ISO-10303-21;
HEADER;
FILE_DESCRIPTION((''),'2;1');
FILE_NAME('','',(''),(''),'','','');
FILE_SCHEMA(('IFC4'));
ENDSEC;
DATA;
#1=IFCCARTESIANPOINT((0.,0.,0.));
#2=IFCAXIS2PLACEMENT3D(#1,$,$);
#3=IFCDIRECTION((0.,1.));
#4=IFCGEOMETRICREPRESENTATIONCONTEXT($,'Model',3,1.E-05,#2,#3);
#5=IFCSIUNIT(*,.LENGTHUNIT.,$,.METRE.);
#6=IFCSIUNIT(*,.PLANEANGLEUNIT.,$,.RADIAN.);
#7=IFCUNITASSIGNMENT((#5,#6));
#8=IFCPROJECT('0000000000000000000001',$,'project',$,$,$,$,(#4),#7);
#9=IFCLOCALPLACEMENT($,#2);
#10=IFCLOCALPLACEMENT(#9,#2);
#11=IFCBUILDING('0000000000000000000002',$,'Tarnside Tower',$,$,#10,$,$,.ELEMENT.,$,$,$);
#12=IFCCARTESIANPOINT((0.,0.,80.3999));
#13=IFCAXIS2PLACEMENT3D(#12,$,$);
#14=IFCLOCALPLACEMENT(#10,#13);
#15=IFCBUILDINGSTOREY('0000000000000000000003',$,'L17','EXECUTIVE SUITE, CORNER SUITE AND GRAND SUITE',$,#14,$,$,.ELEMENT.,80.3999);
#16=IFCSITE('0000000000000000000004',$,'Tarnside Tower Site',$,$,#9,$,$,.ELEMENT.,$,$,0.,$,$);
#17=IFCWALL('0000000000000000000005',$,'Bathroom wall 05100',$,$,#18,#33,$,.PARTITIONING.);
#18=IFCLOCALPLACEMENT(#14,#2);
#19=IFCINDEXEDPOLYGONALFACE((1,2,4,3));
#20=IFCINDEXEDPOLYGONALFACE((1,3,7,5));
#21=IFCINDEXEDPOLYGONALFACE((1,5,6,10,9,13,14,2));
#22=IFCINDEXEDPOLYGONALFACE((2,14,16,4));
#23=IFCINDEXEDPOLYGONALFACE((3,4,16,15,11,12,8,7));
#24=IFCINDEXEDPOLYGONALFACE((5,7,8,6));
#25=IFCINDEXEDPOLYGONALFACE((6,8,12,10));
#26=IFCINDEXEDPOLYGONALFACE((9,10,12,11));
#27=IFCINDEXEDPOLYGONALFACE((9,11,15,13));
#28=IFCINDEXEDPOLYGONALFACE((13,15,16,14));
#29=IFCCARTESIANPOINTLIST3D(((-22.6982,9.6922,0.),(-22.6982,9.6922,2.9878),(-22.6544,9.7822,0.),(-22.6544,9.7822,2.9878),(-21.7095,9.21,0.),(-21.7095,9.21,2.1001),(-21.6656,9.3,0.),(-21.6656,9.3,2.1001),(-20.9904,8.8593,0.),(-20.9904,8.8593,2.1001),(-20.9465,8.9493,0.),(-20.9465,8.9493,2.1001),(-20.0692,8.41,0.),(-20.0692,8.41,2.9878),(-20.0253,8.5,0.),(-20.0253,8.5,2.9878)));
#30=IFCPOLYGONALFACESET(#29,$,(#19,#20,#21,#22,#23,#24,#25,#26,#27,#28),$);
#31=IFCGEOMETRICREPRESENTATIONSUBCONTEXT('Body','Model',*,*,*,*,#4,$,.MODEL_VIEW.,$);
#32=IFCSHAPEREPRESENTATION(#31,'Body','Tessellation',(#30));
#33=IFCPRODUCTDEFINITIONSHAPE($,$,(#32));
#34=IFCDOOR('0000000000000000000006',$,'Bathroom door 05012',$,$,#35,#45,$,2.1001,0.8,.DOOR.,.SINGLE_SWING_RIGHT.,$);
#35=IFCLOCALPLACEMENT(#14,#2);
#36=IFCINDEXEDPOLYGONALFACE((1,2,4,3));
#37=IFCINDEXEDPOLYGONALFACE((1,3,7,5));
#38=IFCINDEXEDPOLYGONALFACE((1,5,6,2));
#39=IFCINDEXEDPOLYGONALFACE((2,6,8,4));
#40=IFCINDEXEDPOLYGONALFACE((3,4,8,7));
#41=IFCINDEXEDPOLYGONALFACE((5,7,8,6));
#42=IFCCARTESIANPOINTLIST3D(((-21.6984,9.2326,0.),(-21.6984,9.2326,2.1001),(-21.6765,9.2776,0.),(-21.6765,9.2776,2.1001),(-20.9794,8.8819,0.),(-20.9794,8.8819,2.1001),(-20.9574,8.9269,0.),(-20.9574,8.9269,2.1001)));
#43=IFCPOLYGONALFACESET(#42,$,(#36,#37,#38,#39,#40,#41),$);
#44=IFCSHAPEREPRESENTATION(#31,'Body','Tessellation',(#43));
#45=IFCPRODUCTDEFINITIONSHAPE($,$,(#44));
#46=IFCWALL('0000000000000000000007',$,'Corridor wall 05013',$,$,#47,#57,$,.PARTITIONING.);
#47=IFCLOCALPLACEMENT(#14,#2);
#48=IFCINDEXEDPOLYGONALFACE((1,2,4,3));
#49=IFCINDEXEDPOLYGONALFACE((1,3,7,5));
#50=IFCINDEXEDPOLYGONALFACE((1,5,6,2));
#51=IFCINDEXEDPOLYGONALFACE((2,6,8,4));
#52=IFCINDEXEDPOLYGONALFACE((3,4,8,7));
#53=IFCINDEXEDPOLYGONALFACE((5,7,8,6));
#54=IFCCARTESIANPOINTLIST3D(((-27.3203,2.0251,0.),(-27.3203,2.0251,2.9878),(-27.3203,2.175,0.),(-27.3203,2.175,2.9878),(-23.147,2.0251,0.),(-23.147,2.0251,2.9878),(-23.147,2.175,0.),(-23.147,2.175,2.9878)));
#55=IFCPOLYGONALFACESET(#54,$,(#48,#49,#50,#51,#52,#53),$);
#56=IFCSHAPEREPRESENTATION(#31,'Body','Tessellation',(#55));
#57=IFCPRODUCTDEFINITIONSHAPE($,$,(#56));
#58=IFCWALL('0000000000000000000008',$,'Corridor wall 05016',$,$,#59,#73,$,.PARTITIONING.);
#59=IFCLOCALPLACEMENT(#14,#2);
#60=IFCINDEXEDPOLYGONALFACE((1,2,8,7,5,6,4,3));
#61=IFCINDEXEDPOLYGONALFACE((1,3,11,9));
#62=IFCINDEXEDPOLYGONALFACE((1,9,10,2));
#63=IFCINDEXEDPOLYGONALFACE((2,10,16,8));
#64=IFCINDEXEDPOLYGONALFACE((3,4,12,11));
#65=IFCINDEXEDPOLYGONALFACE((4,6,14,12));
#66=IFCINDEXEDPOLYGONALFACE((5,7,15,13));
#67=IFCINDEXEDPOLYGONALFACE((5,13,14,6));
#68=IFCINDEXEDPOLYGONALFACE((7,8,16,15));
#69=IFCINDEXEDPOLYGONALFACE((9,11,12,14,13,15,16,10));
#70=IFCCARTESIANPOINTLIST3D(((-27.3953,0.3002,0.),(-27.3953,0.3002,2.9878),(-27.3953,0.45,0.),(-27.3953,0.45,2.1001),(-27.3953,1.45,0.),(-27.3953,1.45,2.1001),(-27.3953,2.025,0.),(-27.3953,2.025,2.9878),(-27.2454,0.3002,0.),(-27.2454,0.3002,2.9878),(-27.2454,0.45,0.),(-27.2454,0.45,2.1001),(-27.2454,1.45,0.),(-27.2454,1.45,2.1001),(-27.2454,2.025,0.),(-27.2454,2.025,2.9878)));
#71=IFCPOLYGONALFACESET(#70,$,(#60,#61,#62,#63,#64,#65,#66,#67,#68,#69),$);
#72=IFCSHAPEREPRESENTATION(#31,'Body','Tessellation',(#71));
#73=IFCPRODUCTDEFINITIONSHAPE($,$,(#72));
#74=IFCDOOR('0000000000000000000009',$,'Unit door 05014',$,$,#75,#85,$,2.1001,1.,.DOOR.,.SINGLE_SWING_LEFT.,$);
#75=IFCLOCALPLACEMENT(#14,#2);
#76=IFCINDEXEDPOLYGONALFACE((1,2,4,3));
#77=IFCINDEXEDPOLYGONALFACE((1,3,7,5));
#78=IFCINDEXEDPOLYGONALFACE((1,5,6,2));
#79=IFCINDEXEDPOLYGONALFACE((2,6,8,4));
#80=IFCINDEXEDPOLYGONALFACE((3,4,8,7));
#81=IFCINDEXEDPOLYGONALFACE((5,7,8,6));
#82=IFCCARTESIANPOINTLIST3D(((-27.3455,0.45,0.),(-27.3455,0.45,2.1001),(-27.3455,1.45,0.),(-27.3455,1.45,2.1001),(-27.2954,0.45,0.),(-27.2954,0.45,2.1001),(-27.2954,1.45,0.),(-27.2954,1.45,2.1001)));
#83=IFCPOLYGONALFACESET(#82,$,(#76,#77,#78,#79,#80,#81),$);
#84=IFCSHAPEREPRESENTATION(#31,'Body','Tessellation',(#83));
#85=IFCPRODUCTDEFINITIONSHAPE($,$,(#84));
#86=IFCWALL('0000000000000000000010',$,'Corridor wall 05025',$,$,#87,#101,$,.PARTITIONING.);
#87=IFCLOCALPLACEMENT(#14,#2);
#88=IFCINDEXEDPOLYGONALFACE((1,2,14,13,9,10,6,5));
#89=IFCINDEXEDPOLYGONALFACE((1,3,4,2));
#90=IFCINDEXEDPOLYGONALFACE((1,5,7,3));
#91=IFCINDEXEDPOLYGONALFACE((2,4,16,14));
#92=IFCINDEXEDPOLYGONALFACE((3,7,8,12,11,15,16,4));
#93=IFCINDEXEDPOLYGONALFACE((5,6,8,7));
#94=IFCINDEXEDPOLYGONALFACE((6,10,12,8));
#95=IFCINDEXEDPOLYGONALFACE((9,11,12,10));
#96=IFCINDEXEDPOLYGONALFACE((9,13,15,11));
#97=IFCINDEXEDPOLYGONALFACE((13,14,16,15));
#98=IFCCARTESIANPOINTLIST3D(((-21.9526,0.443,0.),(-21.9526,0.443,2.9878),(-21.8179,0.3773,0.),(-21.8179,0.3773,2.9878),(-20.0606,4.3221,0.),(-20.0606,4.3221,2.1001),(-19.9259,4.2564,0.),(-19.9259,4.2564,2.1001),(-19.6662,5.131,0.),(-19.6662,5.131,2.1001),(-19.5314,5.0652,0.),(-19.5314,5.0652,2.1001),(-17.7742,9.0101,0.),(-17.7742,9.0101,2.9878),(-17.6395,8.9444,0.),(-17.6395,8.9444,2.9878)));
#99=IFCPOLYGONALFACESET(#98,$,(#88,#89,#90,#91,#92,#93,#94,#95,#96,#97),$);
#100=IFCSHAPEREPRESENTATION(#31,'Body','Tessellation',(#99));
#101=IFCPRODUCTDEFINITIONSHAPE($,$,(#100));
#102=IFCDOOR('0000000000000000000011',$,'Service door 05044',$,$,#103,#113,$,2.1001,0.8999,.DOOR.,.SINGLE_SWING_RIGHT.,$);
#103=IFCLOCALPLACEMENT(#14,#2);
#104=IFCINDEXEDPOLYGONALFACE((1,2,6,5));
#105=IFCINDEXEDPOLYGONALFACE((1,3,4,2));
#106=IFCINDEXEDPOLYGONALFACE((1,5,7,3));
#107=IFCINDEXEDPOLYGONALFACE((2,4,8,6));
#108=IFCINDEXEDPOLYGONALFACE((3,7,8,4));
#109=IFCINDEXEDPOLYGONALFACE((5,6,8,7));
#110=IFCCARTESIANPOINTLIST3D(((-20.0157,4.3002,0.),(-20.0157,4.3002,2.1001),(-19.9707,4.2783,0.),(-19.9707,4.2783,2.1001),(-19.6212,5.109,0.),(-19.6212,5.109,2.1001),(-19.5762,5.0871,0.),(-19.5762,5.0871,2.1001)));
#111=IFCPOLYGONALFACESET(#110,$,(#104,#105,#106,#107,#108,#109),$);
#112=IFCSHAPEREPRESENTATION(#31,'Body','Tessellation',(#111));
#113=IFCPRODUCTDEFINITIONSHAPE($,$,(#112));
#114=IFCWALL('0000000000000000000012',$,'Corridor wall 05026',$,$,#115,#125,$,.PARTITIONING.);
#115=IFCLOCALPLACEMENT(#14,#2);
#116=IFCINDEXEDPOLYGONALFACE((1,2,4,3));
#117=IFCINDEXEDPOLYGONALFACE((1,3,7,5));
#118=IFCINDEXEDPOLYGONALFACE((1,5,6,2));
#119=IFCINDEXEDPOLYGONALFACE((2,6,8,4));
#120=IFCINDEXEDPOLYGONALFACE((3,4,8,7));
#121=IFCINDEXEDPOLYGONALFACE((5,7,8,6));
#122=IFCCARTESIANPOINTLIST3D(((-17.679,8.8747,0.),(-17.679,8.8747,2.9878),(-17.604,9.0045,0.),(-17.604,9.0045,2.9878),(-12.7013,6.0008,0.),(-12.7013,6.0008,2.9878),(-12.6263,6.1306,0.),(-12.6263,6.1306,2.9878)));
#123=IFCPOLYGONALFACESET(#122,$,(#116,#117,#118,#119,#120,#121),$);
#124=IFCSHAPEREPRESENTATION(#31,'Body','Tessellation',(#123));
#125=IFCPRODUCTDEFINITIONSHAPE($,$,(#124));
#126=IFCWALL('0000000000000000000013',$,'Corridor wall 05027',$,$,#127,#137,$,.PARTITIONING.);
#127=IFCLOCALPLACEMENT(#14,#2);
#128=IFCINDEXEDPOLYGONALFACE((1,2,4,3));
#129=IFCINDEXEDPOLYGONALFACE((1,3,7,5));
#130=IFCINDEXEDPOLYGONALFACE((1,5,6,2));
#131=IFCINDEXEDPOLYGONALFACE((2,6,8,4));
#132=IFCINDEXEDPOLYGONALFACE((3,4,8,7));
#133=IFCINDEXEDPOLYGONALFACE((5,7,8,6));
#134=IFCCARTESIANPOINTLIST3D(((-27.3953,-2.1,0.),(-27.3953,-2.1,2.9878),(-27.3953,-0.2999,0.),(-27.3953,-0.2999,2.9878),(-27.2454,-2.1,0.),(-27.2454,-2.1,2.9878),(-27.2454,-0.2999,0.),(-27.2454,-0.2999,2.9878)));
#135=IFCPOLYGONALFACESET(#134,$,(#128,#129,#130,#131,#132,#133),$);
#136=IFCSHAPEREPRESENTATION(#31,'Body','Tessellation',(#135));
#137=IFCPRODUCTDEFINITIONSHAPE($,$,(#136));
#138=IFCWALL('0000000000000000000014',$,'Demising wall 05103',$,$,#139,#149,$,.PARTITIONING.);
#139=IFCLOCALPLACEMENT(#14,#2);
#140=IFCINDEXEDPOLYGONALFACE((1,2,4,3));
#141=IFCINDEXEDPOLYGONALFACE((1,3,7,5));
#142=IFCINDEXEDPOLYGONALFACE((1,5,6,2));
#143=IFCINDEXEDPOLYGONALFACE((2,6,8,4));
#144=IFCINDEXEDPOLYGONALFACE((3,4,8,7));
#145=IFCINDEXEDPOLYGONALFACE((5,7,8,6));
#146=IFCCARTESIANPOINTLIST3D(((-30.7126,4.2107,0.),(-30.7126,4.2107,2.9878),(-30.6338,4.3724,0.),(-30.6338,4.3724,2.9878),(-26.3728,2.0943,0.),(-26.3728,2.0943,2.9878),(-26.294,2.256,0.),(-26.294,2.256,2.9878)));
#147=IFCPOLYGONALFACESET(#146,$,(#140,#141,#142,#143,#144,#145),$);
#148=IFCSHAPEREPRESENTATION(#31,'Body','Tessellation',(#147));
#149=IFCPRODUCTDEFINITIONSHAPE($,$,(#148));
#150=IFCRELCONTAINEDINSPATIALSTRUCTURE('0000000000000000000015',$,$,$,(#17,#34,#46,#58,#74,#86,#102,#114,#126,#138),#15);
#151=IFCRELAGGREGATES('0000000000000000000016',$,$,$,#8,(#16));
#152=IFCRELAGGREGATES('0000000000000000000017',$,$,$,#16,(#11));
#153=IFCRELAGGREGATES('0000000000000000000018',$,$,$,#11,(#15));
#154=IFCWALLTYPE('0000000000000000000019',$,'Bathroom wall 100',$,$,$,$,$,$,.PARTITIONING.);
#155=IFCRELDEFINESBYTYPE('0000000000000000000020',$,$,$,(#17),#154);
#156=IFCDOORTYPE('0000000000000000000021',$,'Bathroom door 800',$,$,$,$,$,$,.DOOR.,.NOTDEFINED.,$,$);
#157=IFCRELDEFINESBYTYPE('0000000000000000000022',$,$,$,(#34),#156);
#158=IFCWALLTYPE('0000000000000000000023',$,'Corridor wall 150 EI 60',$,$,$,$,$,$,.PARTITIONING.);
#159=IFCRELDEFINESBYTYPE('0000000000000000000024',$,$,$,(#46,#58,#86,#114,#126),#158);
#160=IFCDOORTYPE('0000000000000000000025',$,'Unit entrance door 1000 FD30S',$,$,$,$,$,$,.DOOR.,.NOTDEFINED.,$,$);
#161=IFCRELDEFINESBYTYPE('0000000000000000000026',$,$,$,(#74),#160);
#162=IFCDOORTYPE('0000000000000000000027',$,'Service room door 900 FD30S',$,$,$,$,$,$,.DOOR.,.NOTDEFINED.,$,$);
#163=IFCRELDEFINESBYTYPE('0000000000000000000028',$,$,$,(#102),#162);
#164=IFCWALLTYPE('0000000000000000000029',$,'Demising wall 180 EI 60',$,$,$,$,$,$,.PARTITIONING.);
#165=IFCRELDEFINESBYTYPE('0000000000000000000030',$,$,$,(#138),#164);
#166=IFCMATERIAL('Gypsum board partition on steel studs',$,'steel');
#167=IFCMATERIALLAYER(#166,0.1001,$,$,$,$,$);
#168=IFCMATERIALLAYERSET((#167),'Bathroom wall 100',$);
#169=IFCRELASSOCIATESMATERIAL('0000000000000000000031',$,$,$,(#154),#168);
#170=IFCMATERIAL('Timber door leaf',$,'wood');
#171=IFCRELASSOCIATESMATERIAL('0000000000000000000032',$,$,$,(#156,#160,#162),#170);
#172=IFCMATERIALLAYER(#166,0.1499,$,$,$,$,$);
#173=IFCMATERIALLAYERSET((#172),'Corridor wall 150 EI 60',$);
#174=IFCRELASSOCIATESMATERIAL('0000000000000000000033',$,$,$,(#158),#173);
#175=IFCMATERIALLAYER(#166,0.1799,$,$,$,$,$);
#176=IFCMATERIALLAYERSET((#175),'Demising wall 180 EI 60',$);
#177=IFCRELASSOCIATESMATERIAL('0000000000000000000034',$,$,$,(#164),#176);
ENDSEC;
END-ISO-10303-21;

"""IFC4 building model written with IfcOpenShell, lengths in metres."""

from ifc_helpers import new_model, si_unit, direction, frame, frame_2d, origin, place, context, subcontext, project, spatial, rectangle, extrude, material, layer, layer_set, type_object, element, fill, save


model = new_model("IFC4")

# Units and contexts
model_context = context("Model", 3, precision=1e-05, world=origin(), true_north=direction((0.0, 1.0)))
body_context = subcontext(model_context, "Body", "Model", "MODEL_VIEW")
ifc_project = project(units=[si_unit("LENGTHUNIT", "METRE"), si_unit("PLANEANGLEUNIT", "RADIAN")], contexts=[model_context])

# Site, building, storey
site_placement = place(None, origin())
site = spatial("IfcSite", under=ifc_project, at=site_placement, Name="Tarnside Tower Site", CompositionType="ELEMENT", RefElevation=0.0)
building_placement = place(site_placement, origin())
building = spatial("IfcBuilding", under=site, at=building_placement, Name="Tarnside Tower", CompositionType="ELEMENT")
storey_placement = place(building_placement, frame((0.0, 0.0, 80.3999)))
storey = spatial("IfcBuildingStorey", under=building, at=storey_placement, Name="L17", Description="EXECUTIVE SUITE, CORNER SUITE AND GRAND SUITE", CompositionType="ELEMENT", Elevation=80.3999)

# Wall, opening, door
ifc_material_1 = material(Name="Gypsum board partition on steel studs", Category="steel")
ifc_layer_1 = layer(ifc_material_1, 0.1001)
ifc_layer_set_1 = layer_set([ifc_layer_1], Name="Bathroom wall 100")
wall_type_1 = type_object("IfcWallType", Name="Bathroom wall 100", PredefinedType="PARTITIONING", material=ifc_layer_set_1)
wall_1_placement = place(storey_placement, frame((-20.0474, 8.4551, 0.0), z_axis=(0.0, 0.0, 1.0), x_axis=(-0.898807, 0.438345, 0.0)))
wall_1 = element("IfcWall", 1, at=wall_1_placement, inside=storey, type_object=wall_type_1, Name="Bathroom wall 05100", PredefinedType="PARTITIONING", context=body_context, shape_type="SweptSolid", body=[
    extrude(rectangle(XDim=2.925, YDim=0.1001, at=frame_2d((1.4624, 0.0))), origin(), (0.0, 0.0, 1.0), 2.9878),
])
opening_1_placement = place(wall_1_placement, frame((1.0249, 0.0, 0.0)))
opening_1 = element("IfcOpeningElement", 2, at=opening_1_placement, cuts=wall_1, PredefinedType="OPENING", context=body_context, shape_type="SweptSolid", body=[
    extrude(rectangle(XDim=0.8, YDim=2.1001, at=frame_2d((0.3999, 1.05))), frame((0.0, 0.0601, 0.0), z_axis=(0.0, -1.0, 0.0), x_axis=(1.0, 0.0, 0.0)), (0.0, 0.0, 1.0), 0.1201),
])
ifc_material_2 = material(Name="Timber door leaf", Category="wood")
door_type_1 = type_object("IfcDoorType", Name="Bathroom door 800", OperationType="NOTDEFINED", PredefinedType="DOOR", material=ifc_material_2)
door_1_placement = place(opening_1_placement, origin())
door_1 = element("IfcDoor", 3, at=door_1_placement, inside=storey, type_object=door_type_1, Name="Bathroom door 05012", OperationType="SINGLE_SWING_RIGHT", OverallHeight=2.1001, OverallWidth=0.8, PredefinedType="DOOR", context=body_context, shape_type="SweptSolid", body=[
    extrude(rectangle(XDim=0.8, YDim=2.1001, at=frame_2d((0.3999, 1.05))), frame((0.0, 0.0249, 0.0), z_axis=(0.0, -1.0, 0.0), x_axis=(1.0, 0.0, 0.0)), (0.0, 0.0, 1.0), 0.05),
])
fill(opening_1, door_1)

# Wall
ifc_layer_2 = layer(ifc_material_1, 0.1499)
ifc_layer_set_2 = layer_set([ifc_layer_2], Name="Corridor wall 150 EI 60")
wall_type_2 = type_object("IfcWallType", Name="Corridor wall 150 EI 60", PredefinedType="PARTITIONING", material=ifc_layer_set_2)
wall_2_placement = place(storey_placement, frame((-23.147, 2.1001, 0.0), z_axis=(0.0, 0.0, 1.0), x_axis=(-1.0, 0.0, 0.0)))
element("IfcWall", 4, at=wall_2_placement, inside=storey, type_object=wall_type_2, Name="Corridor wall 05013", PredefinedType="PARTITIONING", context=body_context, shape_type="SweptSolid", body=[
    extrude(rectangle(XDim=4.1733, YDim=0.1499, at=frame_2d((2.0867, 0.0))), origin(), (0.0, 0.0, 1.0), 2.9878),
])

# Walls, openings, doors
wall_3_placement = place(storey_placement, frame((-27.3203, 2.0249, 0.0), z_axis=(0.0, 0.0, 1.0), x_axis=(0.0, -1.0, 0.0)))
wall_3 = element("IfcWall", 5, at=wall_3_placement, inside=storey, type_object=wall_type_2, Name="Corridor wall 05016", PredefinedType="PARTITIONING", context=body_context, shape_type="SweptSolid", body=[
    extrude(rectangle(XDim=1.7249, YDim=0.1499, at=frame_2d((0.8623, 0.0))), origin(), (0.0, 0.0, 1.0), 2.9878),
])
opening_2_placement = place(wall_3_placement, frame((0.575, 0.0, 0.0)))
opening_2 = element("IfcOpeningElement", 6, at=opening_2_placement, cuts=wall_3, PredefinedType="OPENING", context=body_context, shape_type="SweptSolid", body=[
    extrude(rectangle(XDim=1.0, YDim=2.1001, at=frame_2d((0.5, 1.05))), frame((0.0, 0.085, 0.0), z_axis=(0.0, -1.0, 0.0), x_axis=(1.0, 0.0, 0.0)), (0.0, 0.0, 1.0), 0.1699),
])
door_type_2 = type_object("IfcDoorType", Name="Unit entrance door 1000 FD30S", OperationType="NOTDEFINED", PredefinedType="DOOR", material=ifc_material_2)
door_2_placement = place(opening_2_placement, origin())
door_2 = element("IfcDoor", 7, at=door_2_placement, inside=storey, type_object=door_type_2, Name="Unit door 05014", OperationType="SINGLE_SWING_LEFT", OverallHeight=2.1001, OverallWidth=1.0, PredefinedType="DOOR", context=body_context, shape_type="SweptSolid", body=[
    extrude(rectangle(XDim=1.0, YDim=2.1001, at=frame_2d((0.5, 1.05))), frame((0.0, 0.0249, 0.0), z_axis=(0.0, -1.0, 0.0), x_axis=(1.0, 0.0, 0.0)), (0.0, 0.0, 1.0), 0.05),
])
fill(opening_2, door_2)
wall_4_placement = place(storey_placement, frame((-21.8853, 0.4102, 0.0), z_axis=(0.0, 0.0, 1.0), x_axis=(0.438371, 0.898794, 0.0)))
wall_4 = element("IfcWall", 8, at=wall_4_placement, inside=storey, type_object=wall_type_2, Name="Corridor wall 05025", PredefinedType="PARTITIONING", context=body_context, shape_type="SweptSolid", body=[
    extrude(rectangle(XDim=9.5317, YDim=0.1499, at=frame_2d((4.7659, 0.0))), origin(), (0.0, 0.0, 1.0), 2.9878),
])
opening_3_placement = place(wall_4_placement, frame((4.3159, 0.0, 0.0)))
opening_3 = element("IfcOpeningElement", 9, at=opening_3_placement, cuts=wall_4, PredefinedType="OPENING", context=body_context, shape_type="SweptSolid", body=[
    extrude(rectangle(XDim=0.8999, YDim=2.1001, at=frame_2d((0.45, 1.05))), frame((0.0, 0.085, 0.0), z_axis=(0.0, -1.0, 0.0), x_axis=(1.0, 0.0, 0.0)), (0.0, 0.0, 1.0), 0.1699),
])
door_type_3 = type_object("IfcDoorType", Name="Service room door 900 FD30S", OperationType="NOTDEFINED", PredefinedType="DOOR", material=ifc_material_2)
door_3_placement = place(opening_3_placement, origin())
door_3 = element("IfcDoor", 10, at=door_3_placement, inside=storey, type_object=door_type_3, Name="Service door 05044", OperationType="SINGLE_SWING_RIGHT", OverallHeight=2.1001, OverallWidth=0.8999, PredefinedType="DOOR", context=body_context, shape_type="SweptSolid", body=[
    extrude(rectangle(XDim=0.8999, YDim=2.1001, at=frame_2d((0.45, 1.05))), frame((0.0, 0.0249, 0.0), z_axis=(0.0, -1.0, 0.0), x_axis=(1.0, 0.0, 0.0)), (0.0, 0.0, 1.0), 0.05),
])
fill(opening_3, door_3)

# Walls
wall_5_placement = place(storey_placement, frame((-17.6416, 8.9397, 0.0), z_axis=(0.0, 0.0, 1.0), x_axis=(0.866018, -0.500013, 0.0)))
element("IfcWall", 11, at=wall_5_placement, inside=storey, type_object=wall_type_2, Name="Corridor wall 05026", PredefinedType="PARTITIONING", context=body_context, shape_type="SweptSolid", body=[
    extrude(rectangle(XDim=5.7478, YDim=0.1499, at=frame_2d((2.874, 0.0))), origin(), (0.0, 0.0, 1.0), 2.9878),
])
wall_6_placement = place(storey_placement, frame((-27.3203, -0.3, 0.0), z_axis=(0.0, 0.0, 1.0), x_axis=(0.0, -1.0, 0.0)))
element("IfcWall", 12, at=wall_6_placement, inside=storey, type_object=wall_type_2, Name="Corridor wall 05027", PredefinedType="PARTITIONING", context=body_context, shape_type="SweptSolid", body=[
    extrude(rectangle(XDim=1.8, YDim=0.1499, at=frame_2d((0.8999, 0.0))), origin(), (0.0, 0.0, 1.0), 2.9878),
])
ifc_layer_3 = layer(ifc_material_1, 0.1799)
ifc_layer_set_3 = layer_set([ifc_layer_3], Name="Demising wall 180 EI 60")
wall_type_3 = type_object("IfcWallType", Name="Demising wall 180 EI 60", PredefinedType="PARTITIONING", material=ifc_layer_set_3)
wall_7_placement = place(storey_placement, frame((-30.6731, 4.2915, 0.0), z_axis=(0.0, 0.0, 1.0), x_axis=(0.898813, -0.438333, 0.0)))
element("IfcWall", 13, at=wall_7_placement, inside=storey, type_object=wall_type_3, Name="Demising wall 05103", PredefinedType="PARTITIONING", context=body_context, shape_type="SweptSolid", body=[
    extrude(rectangle(XDim=4.8284, YDim=0.1799, at=frame_2d((2.4141, 0.0))), origin(), (0.0, 0.0, 1.0), 2.9878),
])

save(model, "model.ifc")
